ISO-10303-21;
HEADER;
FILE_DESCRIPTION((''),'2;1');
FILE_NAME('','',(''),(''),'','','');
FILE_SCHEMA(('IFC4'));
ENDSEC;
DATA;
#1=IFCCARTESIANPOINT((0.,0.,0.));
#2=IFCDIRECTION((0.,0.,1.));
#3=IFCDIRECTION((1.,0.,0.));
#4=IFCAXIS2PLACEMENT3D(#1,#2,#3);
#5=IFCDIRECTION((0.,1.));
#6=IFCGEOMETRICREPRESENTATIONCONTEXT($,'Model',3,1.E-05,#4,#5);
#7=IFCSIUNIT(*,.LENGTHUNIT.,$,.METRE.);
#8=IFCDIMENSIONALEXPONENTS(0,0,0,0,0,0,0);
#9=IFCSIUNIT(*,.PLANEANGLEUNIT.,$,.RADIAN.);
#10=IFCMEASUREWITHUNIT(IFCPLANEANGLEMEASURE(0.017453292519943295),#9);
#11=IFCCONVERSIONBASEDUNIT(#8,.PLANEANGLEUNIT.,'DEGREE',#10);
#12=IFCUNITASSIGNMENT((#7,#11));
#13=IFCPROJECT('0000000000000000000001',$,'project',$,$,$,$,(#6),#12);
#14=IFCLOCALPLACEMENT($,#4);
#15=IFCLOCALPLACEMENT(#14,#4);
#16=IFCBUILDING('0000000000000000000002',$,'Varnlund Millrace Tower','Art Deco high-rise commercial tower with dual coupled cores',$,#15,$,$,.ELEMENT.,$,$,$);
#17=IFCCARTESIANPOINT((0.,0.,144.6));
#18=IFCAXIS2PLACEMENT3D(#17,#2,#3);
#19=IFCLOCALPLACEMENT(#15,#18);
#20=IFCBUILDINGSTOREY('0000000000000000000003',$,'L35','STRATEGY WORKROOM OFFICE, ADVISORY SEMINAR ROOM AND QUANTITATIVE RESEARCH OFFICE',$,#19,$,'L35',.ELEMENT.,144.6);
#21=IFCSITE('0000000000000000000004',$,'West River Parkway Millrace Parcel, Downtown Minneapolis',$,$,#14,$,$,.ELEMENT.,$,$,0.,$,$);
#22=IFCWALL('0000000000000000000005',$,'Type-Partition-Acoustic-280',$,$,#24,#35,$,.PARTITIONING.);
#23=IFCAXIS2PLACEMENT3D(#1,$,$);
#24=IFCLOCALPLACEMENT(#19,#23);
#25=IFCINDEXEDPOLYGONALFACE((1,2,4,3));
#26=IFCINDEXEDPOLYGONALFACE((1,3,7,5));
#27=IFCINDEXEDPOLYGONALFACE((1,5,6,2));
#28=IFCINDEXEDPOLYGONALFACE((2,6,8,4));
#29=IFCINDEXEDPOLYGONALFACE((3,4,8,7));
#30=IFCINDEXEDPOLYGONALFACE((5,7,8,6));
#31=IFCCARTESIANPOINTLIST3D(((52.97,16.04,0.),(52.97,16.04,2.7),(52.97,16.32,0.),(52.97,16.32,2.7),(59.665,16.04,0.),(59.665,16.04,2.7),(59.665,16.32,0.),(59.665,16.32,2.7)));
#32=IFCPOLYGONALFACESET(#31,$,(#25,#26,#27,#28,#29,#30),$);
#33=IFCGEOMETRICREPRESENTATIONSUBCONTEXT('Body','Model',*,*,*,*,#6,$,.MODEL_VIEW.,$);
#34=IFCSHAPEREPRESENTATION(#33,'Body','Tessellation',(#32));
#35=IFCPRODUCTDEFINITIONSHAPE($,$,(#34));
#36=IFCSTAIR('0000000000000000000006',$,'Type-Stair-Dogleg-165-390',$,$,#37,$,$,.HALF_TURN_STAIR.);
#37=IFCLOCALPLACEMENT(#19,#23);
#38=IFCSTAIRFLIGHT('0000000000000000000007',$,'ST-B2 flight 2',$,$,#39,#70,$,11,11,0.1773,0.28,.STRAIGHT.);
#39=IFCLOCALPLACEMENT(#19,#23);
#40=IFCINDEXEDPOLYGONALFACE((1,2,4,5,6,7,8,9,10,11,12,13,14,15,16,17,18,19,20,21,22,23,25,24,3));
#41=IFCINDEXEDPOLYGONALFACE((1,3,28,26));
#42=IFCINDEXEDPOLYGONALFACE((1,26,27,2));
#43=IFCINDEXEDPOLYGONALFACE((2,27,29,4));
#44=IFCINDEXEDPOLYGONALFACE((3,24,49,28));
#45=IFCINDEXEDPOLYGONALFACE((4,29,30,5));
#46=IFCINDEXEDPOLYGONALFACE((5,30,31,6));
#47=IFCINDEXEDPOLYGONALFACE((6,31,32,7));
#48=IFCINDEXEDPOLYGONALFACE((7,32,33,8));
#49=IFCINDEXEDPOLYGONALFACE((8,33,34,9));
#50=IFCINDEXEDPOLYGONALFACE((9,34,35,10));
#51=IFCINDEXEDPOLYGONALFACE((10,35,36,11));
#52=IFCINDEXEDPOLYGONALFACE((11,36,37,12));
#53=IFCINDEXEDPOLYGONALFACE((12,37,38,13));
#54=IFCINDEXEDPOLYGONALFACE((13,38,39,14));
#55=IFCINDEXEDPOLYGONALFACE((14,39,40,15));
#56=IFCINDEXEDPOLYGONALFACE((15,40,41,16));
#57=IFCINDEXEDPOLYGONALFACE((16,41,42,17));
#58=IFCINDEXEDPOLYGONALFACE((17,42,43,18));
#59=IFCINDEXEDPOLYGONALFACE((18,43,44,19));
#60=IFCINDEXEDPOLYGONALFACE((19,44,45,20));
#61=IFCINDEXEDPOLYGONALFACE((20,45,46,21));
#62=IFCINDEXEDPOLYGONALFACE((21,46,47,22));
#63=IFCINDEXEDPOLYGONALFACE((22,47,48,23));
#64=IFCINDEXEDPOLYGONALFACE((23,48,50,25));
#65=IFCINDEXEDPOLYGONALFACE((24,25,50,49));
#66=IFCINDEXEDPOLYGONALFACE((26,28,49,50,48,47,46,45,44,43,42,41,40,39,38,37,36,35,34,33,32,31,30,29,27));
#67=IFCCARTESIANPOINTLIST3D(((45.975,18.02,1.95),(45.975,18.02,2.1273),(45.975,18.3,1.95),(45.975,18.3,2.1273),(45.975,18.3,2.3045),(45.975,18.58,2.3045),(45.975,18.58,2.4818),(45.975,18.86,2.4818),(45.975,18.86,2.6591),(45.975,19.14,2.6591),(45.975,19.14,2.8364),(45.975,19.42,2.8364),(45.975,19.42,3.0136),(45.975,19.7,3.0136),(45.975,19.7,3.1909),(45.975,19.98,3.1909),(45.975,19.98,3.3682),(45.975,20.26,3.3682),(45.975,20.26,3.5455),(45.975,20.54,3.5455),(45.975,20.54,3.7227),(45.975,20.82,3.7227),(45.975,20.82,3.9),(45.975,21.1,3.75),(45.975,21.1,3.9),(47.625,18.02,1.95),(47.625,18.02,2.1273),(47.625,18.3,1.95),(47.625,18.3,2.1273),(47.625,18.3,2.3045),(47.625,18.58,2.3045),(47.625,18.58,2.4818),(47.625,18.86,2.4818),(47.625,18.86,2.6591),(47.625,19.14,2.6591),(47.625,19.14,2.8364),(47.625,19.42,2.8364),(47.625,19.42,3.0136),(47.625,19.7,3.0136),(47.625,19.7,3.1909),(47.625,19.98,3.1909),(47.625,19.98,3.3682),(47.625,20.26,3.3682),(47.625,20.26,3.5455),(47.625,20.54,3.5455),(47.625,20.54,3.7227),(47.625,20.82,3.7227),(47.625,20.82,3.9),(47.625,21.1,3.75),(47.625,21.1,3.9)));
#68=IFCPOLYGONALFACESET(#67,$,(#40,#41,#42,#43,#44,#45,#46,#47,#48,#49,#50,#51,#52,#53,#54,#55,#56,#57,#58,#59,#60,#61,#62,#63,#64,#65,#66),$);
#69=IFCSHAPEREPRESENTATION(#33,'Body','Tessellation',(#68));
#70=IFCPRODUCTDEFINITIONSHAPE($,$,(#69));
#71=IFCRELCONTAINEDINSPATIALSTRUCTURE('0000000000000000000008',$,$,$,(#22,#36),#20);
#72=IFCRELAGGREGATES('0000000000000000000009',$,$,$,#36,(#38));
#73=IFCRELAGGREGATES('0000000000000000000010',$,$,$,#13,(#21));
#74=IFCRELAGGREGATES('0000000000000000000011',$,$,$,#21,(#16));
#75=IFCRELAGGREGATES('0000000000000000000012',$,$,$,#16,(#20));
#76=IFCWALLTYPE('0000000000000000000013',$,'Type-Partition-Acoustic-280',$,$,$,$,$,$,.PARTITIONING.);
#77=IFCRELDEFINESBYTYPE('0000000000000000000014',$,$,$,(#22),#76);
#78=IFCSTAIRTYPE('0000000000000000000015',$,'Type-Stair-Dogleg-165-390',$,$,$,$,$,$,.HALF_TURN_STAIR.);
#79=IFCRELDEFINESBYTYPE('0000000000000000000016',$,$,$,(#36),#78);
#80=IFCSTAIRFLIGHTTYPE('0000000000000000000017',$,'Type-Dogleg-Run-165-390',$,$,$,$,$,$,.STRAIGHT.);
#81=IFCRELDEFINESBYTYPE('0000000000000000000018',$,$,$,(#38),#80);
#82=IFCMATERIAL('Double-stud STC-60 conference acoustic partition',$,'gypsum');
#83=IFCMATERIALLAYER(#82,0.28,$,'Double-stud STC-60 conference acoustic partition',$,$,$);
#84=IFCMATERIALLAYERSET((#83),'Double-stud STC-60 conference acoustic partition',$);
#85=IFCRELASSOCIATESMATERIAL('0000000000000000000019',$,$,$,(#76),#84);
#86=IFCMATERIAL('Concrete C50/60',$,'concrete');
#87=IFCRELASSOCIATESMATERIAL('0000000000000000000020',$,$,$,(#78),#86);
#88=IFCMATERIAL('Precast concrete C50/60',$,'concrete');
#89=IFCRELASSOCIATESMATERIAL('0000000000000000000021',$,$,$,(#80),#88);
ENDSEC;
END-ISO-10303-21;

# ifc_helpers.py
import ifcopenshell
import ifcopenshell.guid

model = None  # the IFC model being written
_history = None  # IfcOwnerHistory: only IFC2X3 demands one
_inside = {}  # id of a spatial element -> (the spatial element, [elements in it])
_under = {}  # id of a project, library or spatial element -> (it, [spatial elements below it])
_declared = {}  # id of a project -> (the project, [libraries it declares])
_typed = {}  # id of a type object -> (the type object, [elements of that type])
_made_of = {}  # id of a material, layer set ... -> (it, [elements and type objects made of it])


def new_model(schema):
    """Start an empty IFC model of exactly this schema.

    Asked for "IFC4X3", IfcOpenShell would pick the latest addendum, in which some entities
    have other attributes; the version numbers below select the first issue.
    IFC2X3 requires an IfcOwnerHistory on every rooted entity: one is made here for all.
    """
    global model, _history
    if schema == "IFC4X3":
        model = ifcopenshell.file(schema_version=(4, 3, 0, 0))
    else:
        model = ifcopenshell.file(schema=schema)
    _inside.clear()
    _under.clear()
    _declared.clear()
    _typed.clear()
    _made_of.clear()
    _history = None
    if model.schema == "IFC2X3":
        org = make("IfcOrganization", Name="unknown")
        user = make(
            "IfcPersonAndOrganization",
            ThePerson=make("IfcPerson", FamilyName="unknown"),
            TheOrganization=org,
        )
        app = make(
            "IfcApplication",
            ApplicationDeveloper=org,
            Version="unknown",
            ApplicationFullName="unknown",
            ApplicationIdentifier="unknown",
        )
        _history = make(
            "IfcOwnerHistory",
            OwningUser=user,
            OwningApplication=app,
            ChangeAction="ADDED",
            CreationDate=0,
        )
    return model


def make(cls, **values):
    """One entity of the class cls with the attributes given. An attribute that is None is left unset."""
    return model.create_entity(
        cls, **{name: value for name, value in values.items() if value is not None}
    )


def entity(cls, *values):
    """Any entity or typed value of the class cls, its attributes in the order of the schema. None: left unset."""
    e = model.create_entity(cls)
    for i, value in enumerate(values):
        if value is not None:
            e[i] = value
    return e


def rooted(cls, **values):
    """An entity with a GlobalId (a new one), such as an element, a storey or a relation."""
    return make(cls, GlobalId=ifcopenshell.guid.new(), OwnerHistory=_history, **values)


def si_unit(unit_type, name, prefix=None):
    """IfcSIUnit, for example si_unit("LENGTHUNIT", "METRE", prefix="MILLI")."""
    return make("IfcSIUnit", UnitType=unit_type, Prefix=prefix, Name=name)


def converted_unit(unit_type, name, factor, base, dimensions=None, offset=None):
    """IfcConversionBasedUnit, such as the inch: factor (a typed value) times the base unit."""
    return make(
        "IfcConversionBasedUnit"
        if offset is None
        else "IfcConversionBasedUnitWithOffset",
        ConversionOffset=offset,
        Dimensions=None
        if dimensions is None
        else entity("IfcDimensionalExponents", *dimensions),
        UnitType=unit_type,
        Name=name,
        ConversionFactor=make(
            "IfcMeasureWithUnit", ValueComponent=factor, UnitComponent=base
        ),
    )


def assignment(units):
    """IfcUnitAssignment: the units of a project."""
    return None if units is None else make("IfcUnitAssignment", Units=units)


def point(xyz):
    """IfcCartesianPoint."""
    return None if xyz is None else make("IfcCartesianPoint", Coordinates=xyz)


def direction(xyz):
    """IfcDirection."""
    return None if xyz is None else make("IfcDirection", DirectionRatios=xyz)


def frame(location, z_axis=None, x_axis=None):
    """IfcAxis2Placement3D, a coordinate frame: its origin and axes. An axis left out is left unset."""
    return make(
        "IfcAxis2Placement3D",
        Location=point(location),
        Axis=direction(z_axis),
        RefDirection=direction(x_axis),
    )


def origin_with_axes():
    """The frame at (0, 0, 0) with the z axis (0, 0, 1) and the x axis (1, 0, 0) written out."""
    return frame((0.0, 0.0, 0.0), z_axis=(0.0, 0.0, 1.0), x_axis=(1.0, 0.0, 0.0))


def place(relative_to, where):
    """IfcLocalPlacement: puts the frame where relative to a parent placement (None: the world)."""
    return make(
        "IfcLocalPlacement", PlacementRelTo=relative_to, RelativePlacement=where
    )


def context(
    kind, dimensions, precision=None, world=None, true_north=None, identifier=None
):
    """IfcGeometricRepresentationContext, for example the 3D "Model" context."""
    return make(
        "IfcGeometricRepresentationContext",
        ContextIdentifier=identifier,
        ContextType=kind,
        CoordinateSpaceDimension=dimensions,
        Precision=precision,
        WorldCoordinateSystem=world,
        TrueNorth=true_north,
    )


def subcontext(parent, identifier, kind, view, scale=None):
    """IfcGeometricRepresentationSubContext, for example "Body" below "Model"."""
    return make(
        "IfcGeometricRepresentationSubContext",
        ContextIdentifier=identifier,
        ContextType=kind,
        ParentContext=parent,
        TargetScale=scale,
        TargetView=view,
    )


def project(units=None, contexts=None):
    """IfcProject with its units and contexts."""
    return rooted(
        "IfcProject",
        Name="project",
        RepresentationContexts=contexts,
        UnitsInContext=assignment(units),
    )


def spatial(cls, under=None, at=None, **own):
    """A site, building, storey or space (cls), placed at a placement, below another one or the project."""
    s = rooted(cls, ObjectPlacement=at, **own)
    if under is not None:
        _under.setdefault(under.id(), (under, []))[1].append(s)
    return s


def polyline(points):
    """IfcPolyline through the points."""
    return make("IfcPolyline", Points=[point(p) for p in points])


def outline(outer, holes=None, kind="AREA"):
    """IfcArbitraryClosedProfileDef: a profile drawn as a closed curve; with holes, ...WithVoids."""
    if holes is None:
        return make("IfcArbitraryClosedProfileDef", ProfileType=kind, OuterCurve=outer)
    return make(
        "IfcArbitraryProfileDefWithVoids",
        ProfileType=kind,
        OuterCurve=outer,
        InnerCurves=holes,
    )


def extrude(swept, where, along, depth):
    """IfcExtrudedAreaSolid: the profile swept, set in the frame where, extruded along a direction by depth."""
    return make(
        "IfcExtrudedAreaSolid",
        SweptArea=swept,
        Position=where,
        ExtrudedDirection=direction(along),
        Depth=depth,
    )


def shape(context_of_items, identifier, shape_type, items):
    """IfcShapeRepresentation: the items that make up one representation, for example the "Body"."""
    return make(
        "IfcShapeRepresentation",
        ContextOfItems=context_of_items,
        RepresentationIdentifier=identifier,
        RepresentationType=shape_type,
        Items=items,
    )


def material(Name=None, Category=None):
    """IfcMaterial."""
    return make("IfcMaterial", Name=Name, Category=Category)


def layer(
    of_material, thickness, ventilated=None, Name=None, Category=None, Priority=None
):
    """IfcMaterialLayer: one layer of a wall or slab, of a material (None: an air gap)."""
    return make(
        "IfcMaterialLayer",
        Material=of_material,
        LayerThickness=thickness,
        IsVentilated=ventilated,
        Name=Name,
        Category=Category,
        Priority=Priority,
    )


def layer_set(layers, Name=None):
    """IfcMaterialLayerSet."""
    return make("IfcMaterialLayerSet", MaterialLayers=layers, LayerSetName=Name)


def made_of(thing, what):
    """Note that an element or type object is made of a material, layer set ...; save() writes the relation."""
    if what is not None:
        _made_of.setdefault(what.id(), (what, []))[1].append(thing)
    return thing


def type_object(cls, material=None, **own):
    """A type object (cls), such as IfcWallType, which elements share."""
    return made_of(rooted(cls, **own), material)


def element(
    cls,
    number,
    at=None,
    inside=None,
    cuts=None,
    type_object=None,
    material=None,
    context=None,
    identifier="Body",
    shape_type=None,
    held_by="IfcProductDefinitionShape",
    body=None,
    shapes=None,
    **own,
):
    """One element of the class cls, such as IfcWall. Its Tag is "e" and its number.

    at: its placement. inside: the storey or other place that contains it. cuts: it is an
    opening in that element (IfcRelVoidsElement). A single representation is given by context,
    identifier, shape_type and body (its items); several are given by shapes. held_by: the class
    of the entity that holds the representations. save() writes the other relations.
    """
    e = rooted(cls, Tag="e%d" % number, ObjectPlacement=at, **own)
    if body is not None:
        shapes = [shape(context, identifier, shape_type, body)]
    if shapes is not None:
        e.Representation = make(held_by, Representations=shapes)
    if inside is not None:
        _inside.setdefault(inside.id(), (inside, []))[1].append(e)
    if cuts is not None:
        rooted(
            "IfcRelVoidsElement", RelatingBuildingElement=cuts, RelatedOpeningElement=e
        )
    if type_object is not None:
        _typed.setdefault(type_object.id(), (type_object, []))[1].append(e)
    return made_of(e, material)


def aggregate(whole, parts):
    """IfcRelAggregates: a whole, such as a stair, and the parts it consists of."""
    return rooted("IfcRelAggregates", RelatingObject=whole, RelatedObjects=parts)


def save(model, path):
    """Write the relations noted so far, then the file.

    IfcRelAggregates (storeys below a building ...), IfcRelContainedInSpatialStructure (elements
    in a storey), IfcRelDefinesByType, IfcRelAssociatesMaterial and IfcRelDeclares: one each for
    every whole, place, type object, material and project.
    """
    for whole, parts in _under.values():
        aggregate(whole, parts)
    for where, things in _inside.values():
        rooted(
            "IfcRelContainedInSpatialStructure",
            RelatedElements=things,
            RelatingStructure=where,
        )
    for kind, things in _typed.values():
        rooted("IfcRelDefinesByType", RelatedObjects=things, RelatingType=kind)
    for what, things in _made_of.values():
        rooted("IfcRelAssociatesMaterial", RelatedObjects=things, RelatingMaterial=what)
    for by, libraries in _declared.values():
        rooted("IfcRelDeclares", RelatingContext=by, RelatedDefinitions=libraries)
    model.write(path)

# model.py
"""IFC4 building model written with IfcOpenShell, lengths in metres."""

from ifc_helpers import new_model, entity, si_unit, converted_unit, direction, frame, origin_with_axes, place, context, subcontext, project, spatial, polyline, outline, extrude, material, layer, layer_set, type_object, element, aggregate, save


model = new_model("IFC4")

# Units and contexts
model_context = context("Model", 3, precision=1e-05, world=origin_with_axes(), true_north=direction((0.0, 1.0)))
body_context = subcontext(model_context, "Body", "Model", "MODEL_VIEW")
ifc_project = project(units=[si_unit("LENGTHUNIT", "METRE"), converted_unit("PLANEANGLEUNIT", "DEGREE", entity("IfcPlaneAngleMeasure", 0.017453292519943295), si_unit("PLANEANGLEUNIT", "RADIAN"), dimensions=[0, 0, 0, 0, 0, 0, 0])], contexts=[model_context])

# Site, building, storey
site_placement = place(None, origin_with_axes())
site = spatial("IfcSite", under=ifc_project, at=site_placement, Name="West River Parkway Millrace Parcel, Downtown Minneapolis", CompositionType="ELEMENT", RefElevation=0.0)
building_placement = place(site_placement, origin_with_axes())
building = spatial("IfcBuilding", under=site, at=building_placement, Name="Varnlund Millrace Tower", Description="Art Deco high-rise commercial tower with dual coupled cores", CompositionType="ELEMENT")
storey_placement = place(building_placement, frame((0.0, 0.0, 144.6), z_axis=(0.0, 0.0, 1.0), x_axis=(1.0, 0.0, 0.0)))
storey = spatial("IfcBuildingStorey", under=building, at=storey_placement, Name="L35", Description="STRATEGY WORKROOM OFFICE, ADVISORY SEMINAR ROOM AND QUANTITATIVE RESEARCH OFFICE", LongName="L35", CompositionType="ELEMENT", Elevation=144.6)

# Shared definitions
ifc_material_1 = material(Name="Precast concrete C50/60", Category="concrete")

# Wall
ifc_material_2 = material(Name="Double-stud STC-60 conference acoustic partition", Category="gypsum")
ifc_layer_1 = layer(ifc_material_2, 0.28, Name="Double-stud STC-60 conference acoustic partition")
ifc_layer_set_1 = layer_set([ifc_layer_1], Name="Double-stud STC-60 conference acoustic partition")
wall_type_1 = type_object("IfcWallType", Name="Type-Partition-Acoustic-280", PredefinedType="PARTITIONING", material=ifc_layer_set_1)
wall_1_placement = place(storey_placement, frame((52.97, 16.18, 0.0), z_axis=(0.0, 0.0, 1.0), x_axis=(1.0, 0.0, 0.0)))
element("IfcWall", 1, at=wall_1_placement, inside=storey, type_object=wall_type_1, Name="Type-Partition-Acoustic-280", PredefinedType="PARTITIONING", context=body_context, shape_type="SweptSolid", body=[
    extrude(outline(polyline([(0.0, -0.14), (6.695, -0.14), (6.695, 0.14), (0.0, 0.14), (0.0, -0.14)])), origin_with_axes(), (0.0, 0.0, 1.0), 2.7),
])

# Stair, stair flight
ifc_material_3 = material(Name="Concrete C50/60", Category="concrete")
stair_type = type_object("IfcStairType", Name="Type-Stair-Dogleg-165-390", PredefinedType="HALF_TURN_STAIR", material=ifc_material_3)
stair_placement = place(storey_placement, origin_with_axes())
stair = element("IfcStair", 2, at=stair_placement, inside=storey, type_object=stair_type, Name="Type-Stair-Dogleg-165-390", PredefinedType="HALF_TURN_STAIR")
stair_flight_type = type_object("IfcStairFlightType", Name="Type-Dogleg-Run-165-390", PredefinedType="STRAIGHT", material=ifc_material_1)
stair_flight_placement = place(storey_placement, frame((45.975, 18.02, 1.95), z_axis=(1.0, 0.0, 0.0), x_axis=(0.0, 1.0, 0.0)))
stair_flight = element("IfcStairFlight", 3, at=stair_flight_placement, type_object=stair_flight_type, Name="ST-B2 flight 2", NumberOfRisers=11, NumberOfTreads=11, PredefinedType="STRAIGHT", RiserHeight=0.1773, TreadLength=0.28, context=body_context, shape_type="SweptSolid", body=[
    extrude(outline(polyline([(0.0, 0.0), (0.0, 0.1773), (0.28, 0.1773), (0.28, 0.3545), (0.56, 0.3545), (0.56, 0.5318), (0.84, 0.5318), (0.84, 0.7091), (1.12, 0.7091), (1.12, 0.8864), (1.4, 0.8864), (1.4, 1.0636), (1.68, 1.0636), (1.68, 1.2409), (1.96, 1.2409), (1.96, 1.4182), (2.24, 1.4182), (2.24, 1.5955), (2.52, 1.5955), (2.52, 1.7727), (2.8, 1.7727), (2.8, 1.95), (3.08, 1.95), (3.08, 1.8), (0.28, 0.0), (0.0, 0.0)])), origin_with_axes(), (0.0, 0.0, 1.0), 1.65),
])
aggregate(stair, [stair_flight])

save(model, "model.ifc")
